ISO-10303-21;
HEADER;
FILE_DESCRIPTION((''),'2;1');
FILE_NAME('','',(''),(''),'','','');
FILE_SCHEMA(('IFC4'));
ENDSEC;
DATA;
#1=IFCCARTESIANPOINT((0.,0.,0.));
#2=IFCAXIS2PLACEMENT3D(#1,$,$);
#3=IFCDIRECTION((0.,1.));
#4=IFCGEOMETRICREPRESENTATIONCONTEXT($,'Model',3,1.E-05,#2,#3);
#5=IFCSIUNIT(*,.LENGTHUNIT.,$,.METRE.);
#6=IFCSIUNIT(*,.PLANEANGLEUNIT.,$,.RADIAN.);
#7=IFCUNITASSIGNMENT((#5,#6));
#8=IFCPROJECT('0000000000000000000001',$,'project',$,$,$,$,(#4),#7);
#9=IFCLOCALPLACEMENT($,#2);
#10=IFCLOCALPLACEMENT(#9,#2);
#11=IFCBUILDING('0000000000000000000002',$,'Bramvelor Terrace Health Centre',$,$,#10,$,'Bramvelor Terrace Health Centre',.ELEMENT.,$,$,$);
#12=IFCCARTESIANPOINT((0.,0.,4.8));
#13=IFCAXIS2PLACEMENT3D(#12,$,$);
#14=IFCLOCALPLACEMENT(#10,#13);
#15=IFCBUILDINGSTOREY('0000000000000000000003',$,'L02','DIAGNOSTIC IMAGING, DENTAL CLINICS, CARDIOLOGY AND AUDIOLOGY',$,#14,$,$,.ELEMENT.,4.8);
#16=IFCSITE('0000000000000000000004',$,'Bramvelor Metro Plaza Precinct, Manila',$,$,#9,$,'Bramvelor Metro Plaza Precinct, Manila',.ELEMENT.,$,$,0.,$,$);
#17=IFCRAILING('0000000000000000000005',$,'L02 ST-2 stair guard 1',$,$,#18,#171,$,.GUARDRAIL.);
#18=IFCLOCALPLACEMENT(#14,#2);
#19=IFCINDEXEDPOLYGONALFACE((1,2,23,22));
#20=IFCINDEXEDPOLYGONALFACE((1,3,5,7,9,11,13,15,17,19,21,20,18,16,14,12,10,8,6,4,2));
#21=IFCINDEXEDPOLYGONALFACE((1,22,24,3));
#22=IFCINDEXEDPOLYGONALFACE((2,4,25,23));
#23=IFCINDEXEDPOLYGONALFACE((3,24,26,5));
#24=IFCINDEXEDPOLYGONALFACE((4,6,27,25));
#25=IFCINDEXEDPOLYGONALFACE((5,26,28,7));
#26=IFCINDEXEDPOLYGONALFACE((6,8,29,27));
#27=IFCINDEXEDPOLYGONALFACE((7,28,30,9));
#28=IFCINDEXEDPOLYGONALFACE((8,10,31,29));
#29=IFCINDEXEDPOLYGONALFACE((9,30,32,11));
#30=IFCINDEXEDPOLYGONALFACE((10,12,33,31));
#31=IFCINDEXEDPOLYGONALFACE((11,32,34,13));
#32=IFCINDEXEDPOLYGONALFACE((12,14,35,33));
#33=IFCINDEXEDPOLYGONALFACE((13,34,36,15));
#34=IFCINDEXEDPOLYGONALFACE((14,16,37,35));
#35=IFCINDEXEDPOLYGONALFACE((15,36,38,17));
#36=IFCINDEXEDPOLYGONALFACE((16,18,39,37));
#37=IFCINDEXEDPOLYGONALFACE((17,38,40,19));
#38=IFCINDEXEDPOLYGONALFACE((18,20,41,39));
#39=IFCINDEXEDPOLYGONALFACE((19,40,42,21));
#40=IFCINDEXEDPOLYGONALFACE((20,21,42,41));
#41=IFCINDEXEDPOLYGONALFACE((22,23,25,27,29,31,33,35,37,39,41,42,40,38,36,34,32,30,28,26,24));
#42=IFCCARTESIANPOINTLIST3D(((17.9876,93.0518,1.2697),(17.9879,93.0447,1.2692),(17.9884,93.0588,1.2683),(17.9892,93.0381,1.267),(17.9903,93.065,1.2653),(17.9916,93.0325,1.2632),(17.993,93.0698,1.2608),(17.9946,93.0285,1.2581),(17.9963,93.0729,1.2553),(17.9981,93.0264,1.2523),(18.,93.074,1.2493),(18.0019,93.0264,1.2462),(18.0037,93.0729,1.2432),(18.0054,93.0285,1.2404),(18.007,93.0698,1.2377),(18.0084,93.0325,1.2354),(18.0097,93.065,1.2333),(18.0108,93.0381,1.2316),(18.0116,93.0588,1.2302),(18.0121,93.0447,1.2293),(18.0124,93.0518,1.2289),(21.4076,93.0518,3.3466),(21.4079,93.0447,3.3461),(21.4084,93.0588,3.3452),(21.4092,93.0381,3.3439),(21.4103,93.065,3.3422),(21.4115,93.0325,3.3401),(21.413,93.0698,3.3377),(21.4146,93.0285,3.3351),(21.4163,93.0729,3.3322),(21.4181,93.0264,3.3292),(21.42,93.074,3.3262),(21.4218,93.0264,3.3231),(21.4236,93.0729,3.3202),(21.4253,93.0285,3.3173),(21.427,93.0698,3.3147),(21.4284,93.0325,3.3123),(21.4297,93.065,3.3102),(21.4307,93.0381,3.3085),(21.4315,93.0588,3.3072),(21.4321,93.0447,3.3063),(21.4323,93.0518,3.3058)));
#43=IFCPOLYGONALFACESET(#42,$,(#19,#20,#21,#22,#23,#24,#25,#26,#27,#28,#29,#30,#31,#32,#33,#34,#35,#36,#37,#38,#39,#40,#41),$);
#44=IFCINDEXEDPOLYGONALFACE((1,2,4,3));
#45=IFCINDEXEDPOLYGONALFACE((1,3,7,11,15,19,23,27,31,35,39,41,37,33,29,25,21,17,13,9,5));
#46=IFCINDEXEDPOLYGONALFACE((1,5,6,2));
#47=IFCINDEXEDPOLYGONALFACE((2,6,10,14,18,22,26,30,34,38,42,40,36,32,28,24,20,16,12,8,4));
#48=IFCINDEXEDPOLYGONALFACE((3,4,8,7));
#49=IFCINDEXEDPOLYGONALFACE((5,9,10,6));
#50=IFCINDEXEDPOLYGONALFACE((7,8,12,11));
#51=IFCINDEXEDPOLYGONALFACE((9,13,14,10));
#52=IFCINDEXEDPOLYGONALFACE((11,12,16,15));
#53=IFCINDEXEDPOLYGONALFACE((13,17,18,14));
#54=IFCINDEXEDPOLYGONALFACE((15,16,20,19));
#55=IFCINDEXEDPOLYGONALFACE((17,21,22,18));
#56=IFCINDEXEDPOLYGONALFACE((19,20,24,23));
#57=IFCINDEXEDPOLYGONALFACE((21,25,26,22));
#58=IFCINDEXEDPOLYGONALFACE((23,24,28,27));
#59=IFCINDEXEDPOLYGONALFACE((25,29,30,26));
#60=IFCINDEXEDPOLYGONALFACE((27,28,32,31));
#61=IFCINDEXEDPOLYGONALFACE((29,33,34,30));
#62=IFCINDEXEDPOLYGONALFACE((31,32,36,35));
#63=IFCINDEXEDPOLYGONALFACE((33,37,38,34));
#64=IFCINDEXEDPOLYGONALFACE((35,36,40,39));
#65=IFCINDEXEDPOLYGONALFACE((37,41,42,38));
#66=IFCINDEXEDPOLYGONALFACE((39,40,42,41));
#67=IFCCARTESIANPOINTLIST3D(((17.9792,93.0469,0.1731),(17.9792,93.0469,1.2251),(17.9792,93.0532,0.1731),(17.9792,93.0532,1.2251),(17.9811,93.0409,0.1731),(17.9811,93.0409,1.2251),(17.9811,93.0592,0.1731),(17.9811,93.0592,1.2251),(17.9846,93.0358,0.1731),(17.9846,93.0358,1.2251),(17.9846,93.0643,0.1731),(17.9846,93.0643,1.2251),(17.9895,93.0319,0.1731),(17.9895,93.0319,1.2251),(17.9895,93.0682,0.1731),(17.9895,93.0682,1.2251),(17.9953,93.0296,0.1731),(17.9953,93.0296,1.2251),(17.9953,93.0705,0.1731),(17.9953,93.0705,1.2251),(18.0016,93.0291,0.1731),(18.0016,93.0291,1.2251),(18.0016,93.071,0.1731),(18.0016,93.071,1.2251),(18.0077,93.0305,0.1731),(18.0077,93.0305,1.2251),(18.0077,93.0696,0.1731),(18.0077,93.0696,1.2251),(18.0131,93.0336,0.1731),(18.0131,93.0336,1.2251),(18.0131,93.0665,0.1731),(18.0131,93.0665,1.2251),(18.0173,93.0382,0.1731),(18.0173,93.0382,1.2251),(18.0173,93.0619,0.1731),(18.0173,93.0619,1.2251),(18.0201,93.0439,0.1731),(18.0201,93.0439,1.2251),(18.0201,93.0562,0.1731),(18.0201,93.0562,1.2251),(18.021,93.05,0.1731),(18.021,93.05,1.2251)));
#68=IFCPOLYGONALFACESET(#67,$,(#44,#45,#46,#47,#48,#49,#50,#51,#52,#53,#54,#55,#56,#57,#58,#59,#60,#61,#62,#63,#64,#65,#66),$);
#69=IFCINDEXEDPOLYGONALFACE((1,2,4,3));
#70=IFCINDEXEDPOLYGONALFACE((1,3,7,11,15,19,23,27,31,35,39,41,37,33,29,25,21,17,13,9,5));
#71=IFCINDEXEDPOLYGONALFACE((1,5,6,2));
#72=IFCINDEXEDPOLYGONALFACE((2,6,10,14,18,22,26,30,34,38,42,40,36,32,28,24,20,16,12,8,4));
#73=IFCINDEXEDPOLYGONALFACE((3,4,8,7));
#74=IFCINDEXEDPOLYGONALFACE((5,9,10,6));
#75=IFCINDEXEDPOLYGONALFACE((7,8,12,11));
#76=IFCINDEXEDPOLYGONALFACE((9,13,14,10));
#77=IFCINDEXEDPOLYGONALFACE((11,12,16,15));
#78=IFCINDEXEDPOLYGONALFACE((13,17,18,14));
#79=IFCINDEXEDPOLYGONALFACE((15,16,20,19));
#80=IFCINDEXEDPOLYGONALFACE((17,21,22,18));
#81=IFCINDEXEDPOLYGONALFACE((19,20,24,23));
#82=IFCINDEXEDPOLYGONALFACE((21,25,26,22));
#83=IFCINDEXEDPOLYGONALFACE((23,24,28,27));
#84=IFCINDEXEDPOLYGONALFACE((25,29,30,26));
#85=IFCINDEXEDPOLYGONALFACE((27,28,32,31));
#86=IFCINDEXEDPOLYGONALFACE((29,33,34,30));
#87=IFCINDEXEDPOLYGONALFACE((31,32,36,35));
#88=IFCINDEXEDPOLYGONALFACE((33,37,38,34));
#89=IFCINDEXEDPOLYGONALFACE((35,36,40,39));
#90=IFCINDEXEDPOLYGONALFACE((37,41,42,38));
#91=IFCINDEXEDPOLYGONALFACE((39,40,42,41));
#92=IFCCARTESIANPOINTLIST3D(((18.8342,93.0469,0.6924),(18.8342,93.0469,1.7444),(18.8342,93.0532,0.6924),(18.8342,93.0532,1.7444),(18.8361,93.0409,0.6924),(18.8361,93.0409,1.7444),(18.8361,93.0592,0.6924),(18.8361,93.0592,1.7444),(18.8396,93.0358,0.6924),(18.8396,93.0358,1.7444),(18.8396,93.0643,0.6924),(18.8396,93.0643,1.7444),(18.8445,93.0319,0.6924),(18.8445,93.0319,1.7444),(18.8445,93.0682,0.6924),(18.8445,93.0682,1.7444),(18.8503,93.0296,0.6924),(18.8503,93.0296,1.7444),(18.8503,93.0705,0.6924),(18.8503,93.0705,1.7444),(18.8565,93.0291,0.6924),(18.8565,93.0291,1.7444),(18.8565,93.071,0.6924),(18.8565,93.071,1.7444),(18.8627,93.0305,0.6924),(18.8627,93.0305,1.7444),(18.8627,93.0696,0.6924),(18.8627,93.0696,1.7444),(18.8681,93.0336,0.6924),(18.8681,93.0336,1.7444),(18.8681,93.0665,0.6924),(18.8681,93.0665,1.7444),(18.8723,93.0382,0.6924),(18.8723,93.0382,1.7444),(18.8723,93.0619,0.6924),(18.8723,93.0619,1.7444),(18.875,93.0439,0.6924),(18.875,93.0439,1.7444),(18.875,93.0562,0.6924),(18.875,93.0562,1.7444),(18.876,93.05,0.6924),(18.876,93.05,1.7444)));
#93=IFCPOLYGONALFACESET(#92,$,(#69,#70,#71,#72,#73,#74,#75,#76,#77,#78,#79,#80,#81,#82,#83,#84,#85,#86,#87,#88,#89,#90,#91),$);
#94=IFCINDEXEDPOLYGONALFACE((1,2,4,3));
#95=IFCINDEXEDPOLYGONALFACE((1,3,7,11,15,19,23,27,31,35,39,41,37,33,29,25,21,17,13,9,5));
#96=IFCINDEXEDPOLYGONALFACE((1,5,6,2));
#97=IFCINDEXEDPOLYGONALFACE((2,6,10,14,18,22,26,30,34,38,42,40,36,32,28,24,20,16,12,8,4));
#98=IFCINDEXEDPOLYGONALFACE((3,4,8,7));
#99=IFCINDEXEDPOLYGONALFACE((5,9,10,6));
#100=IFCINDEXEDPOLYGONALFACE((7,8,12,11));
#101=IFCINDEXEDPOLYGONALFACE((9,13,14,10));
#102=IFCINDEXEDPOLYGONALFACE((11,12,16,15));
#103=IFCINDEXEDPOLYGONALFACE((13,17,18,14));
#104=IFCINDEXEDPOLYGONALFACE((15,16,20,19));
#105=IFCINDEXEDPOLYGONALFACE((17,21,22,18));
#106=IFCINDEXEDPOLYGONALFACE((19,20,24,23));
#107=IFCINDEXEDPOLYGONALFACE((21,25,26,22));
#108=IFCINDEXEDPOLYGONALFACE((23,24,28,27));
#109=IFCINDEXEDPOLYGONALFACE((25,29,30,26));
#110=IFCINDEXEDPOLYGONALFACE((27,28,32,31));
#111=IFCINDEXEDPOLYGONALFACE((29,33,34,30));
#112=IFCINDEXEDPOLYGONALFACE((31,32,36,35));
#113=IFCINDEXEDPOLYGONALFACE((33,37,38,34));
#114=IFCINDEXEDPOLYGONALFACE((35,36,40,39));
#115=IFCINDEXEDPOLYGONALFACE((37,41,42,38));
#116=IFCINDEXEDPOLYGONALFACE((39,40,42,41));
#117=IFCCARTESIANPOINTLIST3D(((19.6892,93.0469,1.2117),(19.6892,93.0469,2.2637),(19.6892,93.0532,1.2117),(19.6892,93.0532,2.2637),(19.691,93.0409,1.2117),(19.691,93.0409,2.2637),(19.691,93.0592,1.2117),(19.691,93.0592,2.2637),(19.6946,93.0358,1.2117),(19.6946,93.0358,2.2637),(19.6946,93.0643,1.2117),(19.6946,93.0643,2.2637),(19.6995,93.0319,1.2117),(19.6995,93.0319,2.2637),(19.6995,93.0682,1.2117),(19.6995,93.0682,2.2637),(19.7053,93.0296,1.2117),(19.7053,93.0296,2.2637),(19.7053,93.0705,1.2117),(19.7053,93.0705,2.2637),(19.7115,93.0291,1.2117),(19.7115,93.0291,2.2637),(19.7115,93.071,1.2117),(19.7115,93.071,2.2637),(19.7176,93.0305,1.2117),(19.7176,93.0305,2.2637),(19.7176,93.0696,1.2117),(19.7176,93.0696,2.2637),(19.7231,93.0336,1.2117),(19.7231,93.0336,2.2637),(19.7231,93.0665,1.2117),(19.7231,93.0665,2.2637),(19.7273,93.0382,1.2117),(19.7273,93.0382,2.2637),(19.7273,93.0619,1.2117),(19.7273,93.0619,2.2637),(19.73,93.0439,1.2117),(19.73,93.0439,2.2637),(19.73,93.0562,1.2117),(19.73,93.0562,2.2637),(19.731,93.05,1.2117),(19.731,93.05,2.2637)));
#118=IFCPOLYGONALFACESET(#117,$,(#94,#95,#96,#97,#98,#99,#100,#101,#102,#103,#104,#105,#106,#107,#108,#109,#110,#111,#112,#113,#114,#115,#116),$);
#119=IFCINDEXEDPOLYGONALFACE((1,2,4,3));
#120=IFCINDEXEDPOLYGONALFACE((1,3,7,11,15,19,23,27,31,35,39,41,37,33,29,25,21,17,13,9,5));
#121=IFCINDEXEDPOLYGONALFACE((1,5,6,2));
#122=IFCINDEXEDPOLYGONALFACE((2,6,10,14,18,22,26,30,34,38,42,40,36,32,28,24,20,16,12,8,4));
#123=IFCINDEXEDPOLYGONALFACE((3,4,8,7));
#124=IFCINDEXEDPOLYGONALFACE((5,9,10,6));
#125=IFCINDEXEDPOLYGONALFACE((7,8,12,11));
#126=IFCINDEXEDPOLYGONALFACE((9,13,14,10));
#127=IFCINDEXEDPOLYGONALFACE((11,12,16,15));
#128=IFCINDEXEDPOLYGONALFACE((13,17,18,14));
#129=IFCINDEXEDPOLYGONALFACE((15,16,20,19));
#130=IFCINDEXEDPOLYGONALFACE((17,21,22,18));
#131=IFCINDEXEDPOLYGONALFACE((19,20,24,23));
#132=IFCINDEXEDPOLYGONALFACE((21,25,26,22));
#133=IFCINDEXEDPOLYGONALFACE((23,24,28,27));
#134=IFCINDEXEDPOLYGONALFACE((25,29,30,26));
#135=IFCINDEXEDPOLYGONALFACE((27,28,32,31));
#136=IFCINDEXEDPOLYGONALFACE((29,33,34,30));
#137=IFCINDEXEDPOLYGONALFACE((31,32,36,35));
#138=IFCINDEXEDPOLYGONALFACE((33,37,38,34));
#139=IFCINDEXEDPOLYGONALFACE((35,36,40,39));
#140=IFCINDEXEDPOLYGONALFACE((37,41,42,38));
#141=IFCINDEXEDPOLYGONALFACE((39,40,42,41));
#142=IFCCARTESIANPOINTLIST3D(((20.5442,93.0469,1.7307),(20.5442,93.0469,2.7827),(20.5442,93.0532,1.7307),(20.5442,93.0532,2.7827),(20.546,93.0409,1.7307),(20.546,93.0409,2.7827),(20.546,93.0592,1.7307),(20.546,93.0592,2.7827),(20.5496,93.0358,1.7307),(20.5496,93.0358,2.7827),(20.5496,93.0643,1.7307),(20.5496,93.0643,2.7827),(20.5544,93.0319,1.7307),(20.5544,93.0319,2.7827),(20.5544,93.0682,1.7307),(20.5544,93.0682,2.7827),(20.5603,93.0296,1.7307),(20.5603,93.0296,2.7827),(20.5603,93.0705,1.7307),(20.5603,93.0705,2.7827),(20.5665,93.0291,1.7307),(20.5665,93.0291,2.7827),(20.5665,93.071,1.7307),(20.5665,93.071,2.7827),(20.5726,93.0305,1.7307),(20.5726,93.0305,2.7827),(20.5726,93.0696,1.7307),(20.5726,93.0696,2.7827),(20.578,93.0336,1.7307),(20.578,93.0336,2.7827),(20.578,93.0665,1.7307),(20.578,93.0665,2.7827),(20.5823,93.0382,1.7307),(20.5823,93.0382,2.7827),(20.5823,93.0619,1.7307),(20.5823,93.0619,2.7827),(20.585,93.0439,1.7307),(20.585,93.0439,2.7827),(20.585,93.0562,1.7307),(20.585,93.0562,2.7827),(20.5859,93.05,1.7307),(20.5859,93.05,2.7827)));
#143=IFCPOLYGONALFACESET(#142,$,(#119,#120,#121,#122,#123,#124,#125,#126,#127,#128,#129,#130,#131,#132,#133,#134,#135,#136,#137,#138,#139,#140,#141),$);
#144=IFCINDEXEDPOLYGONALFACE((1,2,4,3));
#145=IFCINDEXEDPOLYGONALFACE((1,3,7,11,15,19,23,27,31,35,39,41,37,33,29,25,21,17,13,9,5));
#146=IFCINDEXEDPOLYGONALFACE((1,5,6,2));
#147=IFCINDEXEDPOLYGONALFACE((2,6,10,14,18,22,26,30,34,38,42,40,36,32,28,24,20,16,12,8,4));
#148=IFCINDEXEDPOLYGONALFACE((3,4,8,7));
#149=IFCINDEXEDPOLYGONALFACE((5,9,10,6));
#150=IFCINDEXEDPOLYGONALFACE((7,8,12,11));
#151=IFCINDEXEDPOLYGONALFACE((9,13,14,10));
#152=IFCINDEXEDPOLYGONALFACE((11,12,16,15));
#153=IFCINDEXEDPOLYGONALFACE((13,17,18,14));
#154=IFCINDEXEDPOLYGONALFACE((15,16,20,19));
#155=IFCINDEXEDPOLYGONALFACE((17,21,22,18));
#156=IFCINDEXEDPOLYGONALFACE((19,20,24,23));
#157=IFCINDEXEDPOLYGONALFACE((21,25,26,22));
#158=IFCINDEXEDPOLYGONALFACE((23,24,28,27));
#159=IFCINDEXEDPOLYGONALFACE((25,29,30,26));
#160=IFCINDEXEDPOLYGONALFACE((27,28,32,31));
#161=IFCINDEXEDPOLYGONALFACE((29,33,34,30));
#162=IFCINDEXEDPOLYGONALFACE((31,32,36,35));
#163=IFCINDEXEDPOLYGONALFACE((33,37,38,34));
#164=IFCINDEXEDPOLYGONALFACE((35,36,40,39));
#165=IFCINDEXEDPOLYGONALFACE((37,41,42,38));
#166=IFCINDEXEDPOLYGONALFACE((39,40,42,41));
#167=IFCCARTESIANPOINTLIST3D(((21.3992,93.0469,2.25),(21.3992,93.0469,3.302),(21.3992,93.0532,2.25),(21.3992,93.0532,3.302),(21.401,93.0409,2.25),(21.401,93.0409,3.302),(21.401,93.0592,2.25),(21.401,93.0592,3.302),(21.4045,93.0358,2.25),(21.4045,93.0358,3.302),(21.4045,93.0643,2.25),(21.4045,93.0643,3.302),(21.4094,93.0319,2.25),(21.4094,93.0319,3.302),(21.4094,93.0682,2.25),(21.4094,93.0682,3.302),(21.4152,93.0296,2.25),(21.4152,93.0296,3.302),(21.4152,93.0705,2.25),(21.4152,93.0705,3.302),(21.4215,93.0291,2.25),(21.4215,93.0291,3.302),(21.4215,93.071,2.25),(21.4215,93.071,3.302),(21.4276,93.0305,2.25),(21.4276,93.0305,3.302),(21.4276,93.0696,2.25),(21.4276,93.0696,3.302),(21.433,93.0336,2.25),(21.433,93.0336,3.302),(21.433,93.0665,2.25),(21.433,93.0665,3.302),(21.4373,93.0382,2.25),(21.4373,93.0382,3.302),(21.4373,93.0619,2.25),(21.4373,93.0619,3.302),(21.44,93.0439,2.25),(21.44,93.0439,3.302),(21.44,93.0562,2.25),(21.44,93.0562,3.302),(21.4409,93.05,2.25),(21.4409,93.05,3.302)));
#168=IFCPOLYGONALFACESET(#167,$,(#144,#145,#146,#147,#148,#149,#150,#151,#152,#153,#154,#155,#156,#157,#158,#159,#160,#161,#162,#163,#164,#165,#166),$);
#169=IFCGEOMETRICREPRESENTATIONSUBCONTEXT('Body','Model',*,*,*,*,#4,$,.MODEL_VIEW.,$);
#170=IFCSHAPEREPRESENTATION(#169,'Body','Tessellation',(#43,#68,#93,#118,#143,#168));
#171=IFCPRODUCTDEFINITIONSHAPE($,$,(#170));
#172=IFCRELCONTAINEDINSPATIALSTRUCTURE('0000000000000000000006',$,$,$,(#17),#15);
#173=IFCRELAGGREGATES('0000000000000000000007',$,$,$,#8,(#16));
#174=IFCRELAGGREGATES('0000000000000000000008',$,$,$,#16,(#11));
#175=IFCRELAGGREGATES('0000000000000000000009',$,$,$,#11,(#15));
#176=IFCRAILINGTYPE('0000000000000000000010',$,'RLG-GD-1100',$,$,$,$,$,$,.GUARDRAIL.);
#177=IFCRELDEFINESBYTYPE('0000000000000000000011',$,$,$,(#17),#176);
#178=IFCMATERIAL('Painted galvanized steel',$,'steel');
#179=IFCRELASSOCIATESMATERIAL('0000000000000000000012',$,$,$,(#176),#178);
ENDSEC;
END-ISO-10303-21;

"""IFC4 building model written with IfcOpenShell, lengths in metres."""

from ifc_helpers import new_model, si_unit, direction, frame, origin, origin_2d, place, context, subcontext, project, spatial, circle, extrude, material, type_object, element, save


model = new_model("IFC4")

# Units and contexts
model_context = context("Model", 3, precision=1e-05, world=origin(), true_north=direction((0.0, 1.0)))
body_context = subcontext(model_context, "Body", "Model", "MODEL_VIEW")
ifc_project = project(units=[si_unit("LENGTHUNIT", "METRE"), si_unit("PLANEANGLEUNIT", "RADIAN")], contexts=[model_context])

# Site, building, storey
site_placement = place(None, origin())
site = spatial("IfcSite", under=ifc_project, at=site_placement, Name="Bramvelor Metro Plaza Precinct, Manila", LongName="Bramvelor Metro Plaza Precinct, Manila", CompositionType="ELEMENT", RefElevation=0.0)
building_placement = place(site_placement, origin())
building = spatial("IfcBuilding", under=site, at=building_placement, Name="Bramvelor Terrace Health Centre", LongName="Bramvelor Terrace Health Centre", CompositionType="ELEMENT")
storey_placement = place(building_placement, frame((0.0, 0.0, 4.8)))
storey = spatial("IfcBuildingStorey", under=building, at=storey_placement, Name="L02", Description="DIAGNOSTIC IMAGING, DENTAL CLINICS, CARDIOLOGY AND AUDIOLOGY", CompositionType="ELEMENT", Elevation=4.8)

# Railing
ifc_material_1 = material(Name="Painted galvanized steel", Category="steel")
railing_type_1 = type_object("IfcRailingType", Name="RLG-GD-1100", PredefinedType="GUARDRAIL", material=ifc_material_1)
railing_1_placement = place(storey_placement, frame((18.0, 93.05, 0.1731)))
element("IfcRailing", 1, at=railing_1_placement, inside=storey, type_object=railing_type_1, Name="L02 ST-2 stair guard 1", PredefinedType="GUARDRAIL", context=body_context, shape_type="SweptSolid", body=[
    extrude(circle(Radius=0.0239, at=origin_2d()), frame((0.0, 0.0, 1.0762), z_axis=(0.85473, 0.0, 0.519074), x_axis=(0.0, 1.0, 0.0)), (0.0, 0.0, 1.0), 4.0012),
    extrude(circle(Radius=0.021, at=origin_2d()), origin(), (0.0, 0.0, 1.0), 1.052),
    extrude(circle(Radius=0.021, at=origin_2d()), frame((0.855, 0.0, 0.5193)), (0.0, 0.0, 1.0), 1.052),
    extrude(circle(Radius=0.021, at=origin_2d()), frame((1.71, 0.0, 1.0386)), (0.0, 0.0, 1.0), 1.052),
    extrude(circle(Radius=0.021, at=origin_2d()), frame((2.5649, 0.0, 1.5576)), (0.0, 0.0, 1.0), 1.052),
    extrude(circle(Radius=0.021, at=origin_2d()), frame((3.4199, 0.0, 2.0769)), (0.0, 0.0, 1.0), 1.052),
])

save(model, "model.ifc")
